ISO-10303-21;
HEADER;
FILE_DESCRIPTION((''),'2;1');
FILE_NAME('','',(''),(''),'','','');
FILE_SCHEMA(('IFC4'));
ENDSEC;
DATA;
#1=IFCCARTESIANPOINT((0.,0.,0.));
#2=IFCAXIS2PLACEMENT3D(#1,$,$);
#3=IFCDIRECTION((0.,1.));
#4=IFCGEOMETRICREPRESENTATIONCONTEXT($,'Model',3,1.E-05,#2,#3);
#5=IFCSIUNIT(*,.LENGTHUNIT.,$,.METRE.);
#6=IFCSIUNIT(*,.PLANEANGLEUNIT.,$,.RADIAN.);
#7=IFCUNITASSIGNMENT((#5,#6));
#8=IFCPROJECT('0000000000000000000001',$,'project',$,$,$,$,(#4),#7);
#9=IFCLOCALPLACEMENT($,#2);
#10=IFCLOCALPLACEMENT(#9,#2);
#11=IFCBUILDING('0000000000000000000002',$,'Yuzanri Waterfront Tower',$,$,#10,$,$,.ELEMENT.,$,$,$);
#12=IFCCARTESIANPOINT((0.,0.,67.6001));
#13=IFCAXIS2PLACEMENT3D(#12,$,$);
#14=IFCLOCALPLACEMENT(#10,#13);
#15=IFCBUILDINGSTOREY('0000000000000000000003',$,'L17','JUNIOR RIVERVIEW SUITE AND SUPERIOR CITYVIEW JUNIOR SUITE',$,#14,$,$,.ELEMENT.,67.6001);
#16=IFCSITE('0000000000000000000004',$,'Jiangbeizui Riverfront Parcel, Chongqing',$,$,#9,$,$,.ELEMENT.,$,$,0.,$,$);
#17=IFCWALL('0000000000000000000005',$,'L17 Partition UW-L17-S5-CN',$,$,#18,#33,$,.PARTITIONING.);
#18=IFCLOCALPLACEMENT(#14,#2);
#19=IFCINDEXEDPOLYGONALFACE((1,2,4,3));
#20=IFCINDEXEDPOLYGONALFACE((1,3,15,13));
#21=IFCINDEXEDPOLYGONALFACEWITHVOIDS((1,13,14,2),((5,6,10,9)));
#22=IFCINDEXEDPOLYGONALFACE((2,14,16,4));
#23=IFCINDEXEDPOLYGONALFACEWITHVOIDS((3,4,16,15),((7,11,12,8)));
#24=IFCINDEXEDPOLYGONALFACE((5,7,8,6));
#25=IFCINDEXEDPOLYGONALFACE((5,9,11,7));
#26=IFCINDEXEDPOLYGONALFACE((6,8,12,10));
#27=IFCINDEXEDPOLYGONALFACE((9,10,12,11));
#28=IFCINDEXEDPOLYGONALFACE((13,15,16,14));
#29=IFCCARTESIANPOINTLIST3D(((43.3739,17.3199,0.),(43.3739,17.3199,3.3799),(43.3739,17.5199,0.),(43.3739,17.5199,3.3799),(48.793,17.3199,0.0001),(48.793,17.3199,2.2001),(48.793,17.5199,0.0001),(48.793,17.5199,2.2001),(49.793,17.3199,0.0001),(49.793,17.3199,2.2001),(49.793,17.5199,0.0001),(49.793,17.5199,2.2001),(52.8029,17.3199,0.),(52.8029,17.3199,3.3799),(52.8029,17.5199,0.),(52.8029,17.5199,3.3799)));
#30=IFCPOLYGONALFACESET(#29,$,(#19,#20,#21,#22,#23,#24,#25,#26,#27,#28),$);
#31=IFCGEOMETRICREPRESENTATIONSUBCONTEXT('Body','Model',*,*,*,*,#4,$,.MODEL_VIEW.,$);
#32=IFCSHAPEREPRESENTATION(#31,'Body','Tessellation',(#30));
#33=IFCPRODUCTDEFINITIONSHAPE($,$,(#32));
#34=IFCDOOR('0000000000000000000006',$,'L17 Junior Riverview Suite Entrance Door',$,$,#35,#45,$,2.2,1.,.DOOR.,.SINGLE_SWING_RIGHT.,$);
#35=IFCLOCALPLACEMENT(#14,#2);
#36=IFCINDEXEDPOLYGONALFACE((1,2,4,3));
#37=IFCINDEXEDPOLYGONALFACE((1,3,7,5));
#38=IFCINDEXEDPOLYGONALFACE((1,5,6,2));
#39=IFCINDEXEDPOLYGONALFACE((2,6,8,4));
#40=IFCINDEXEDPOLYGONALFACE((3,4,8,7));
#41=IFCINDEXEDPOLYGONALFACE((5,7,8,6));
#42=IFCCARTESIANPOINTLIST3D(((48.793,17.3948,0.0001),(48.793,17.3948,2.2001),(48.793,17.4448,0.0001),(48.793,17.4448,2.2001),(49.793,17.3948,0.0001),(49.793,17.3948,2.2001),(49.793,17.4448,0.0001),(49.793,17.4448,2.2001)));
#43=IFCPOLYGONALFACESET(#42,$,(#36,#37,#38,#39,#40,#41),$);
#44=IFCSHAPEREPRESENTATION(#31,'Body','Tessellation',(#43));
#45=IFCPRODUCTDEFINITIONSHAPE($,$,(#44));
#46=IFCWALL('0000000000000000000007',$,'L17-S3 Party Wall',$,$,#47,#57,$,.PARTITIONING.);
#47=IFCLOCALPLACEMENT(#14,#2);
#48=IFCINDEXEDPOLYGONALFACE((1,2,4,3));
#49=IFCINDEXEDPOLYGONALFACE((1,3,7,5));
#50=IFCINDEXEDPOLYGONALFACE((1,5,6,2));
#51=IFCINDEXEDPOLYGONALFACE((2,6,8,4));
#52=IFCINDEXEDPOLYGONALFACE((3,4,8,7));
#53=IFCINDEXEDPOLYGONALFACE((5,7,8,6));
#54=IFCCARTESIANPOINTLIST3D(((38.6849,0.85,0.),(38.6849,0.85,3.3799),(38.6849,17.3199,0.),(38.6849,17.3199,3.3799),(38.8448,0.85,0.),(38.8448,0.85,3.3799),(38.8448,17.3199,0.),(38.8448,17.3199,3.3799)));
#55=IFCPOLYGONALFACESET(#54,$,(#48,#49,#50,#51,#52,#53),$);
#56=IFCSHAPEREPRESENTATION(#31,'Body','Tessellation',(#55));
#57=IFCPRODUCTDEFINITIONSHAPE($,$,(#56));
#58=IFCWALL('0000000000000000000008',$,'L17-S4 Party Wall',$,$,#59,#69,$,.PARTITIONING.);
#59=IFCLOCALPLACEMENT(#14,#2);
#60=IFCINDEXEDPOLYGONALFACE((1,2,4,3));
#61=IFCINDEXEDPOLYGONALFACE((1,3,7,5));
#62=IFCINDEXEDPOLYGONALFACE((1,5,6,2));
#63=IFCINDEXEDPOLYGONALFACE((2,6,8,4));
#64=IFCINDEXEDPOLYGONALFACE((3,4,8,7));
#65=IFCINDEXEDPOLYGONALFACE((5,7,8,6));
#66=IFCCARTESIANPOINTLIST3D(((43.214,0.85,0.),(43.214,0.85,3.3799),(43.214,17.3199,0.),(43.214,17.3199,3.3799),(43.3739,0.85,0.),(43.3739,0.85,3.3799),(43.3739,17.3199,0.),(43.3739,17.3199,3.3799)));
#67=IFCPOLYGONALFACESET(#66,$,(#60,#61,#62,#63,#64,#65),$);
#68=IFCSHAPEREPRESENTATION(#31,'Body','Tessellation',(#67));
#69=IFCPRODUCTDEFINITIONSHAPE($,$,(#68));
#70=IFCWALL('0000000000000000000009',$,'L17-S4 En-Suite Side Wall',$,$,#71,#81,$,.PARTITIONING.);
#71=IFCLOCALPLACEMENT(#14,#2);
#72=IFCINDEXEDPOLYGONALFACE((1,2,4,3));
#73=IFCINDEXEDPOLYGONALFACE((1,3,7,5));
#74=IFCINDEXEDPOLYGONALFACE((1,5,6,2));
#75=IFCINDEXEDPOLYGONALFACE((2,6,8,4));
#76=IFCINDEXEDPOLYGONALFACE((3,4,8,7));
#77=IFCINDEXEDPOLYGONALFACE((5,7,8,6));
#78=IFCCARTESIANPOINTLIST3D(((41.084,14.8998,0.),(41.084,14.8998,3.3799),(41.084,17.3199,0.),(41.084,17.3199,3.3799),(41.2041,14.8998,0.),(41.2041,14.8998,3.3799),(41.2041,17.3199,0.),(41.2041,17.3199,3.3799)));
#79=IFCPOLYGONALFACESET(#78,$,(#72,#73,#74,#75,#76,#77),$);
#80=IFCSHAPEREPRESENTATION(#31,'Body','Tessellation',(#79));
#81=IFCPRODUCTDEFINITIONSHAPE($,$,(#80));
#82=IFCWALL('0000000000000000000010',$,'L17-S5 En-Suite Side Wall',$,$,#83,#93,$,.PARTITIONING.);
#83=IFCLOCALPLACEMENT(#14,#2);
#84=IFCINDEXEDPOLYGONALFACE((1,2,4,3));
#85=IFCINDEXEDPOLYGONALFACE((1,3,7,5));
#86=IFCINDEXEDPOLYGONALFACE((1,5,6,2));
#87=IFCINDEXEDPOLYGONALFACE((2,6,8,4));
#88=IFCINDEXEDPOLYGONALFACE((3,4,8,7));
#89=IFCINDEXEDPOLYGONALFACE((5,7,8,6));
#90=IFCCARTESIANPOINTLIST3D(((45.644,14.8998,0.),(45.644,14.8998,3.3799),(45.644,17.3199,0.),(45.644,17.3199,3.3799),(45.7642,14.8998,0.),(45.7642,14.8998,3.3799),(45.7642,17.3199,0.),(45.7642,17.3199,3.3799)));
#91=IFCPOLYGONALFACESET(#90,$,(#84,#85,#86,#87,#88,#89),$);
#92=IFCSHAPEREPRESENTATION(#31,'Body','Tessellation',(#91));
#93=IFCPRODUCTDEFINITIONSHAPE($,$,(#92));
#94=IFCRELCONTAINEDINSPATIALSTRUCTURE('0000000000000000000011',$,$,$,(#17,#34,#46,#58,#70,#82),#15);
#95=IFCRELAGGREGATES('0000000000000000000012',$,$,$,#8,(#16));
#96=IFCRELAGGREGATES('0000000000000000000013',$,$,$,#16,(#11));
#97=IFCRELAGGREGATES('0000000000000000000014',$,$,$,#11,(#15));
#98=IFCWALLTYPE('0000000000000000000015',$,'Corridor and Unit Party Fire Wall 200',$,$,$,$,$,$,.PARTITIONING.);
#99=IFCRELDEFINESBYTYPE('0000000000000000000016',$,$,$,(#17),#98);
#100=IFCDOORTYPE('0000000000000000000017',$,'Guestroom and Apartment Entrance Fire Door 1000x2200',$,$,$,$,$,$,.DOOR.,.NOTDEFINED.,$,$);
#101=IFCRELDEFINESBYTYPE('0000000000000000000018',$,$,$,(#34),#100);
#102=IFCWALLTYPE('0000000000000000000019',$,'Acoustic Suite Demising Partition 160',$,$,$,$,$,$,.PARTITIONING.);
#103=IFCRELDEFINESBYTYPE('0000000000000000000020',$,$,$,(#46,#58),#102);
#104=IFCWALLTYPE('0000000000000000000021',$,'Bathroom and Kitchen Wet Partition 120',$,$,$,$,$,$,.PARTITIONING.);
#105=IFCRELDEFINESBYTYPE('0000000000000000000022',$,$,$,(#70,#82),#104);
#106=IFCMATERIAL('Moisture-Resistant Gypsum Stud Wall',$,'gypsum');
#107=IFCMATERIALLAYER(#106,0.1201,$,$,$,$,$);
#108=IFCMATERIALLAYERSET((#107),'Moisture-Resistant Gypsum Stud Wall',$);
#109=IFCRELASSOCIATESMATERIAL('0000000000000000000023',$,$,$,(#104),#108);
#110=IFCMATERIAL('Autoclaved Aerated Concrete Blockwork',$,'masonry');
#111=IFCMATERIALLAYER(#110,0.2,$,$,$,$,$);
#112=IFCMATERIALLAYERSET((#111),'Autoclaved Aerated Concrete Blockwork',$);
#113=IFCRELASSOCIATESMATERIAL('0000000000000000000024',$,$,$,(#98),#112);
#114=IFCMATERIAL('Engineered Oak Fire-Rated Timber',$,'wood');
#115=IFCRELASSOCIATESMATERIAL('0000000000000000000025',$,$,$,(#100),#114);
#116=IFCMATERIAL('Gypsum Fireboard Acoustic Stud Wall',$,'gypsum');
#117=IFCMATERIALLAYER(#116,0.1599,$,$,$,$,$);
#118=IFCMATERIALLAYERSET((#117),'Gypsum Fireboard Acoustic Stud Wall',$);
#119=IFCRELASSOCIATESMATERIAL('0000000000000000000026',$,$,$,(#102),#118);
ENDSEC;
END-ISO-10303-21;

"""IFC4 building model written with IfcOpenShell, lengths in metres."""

from ifc_helpers import new_model, si_unit, direction, frame, frame_2d, origin, place, context, subcontext, project, spatial, rectangle, extrude, source, transform, mapped, material, layer, layer_set, type_object, element, fill, save


model = new_model("IFC4")

# Units and contexts
model_context = context("Model", 3, precision=1e-05, world=origin(), true_north=direction((0.0, 1.0)))
body_context = subcontext(model_context, "Body", "Model", "MODEL_VIEW")
ifc_project = project(units=[si_unit("LENGTHUNIT", "METRE"), si_unit("PLANEANGLEUNIT", "RADIAN")], contexts=[model_context])

# Site, building, storey
site_placement = place(None, origin())
site = spatial("IfcSite", under=ifc_project, at=site_placement, Name="Jiangbeizui Riverfront Parcel, Chongqing", CompositionType="ELEMENT", RefElevation=0.0)
building_placement = place(site_placement, origin())
building = spatial("IfcBuilding", under=site, at=building_placement, Name="Yuzanri Waterfront Tower", CompositionType="ELEMENT")
storey_placement = place(building_placement, frame((0.0, 0.0, 67.6001)))
storey = spatial("IfcBuildingStorey", under=building, at=storey_placement, Name="L17", Description="JUNIOR RIVERVIEW SUITE AND SUPERIOR CITYVIEW JUNIOR SUITE", CompositionType="ELEMENT", Elevation=67.6001)

# Wall, opening, door
ifc_material_1 = material(Name="Moisture-Resistant Gypsum Stud Wall", Category="gypsum")
ifc_layer_1 = layer(ifc_material_1, 0.1201)
ifc_layer_set_1 = layer_set([ifc_layer_1], Name="Moisture-Resistant Gypsum Stud Wall")
wall_type_1 = type_object("IfcWallType", Name="Bathroom and Kitchen Wet Partition 120", PredefinedType="PARTITIONING", material=ifc_layer_set_1)
ifc_material_2 = material(Name="Autoclaved Aerated Concrete Blockwork", Category="masonry")
ifc_layer_2 = layer(ifc_material_2, 0.2)
ifc_layer_set_2 = layer_set([ifc_layer_2], Name="Autoclaved Aerated Concrete Blockwork")
wall_type_2 = type_object("IfcWallType", Name="Corridor and Unit Party Fire Wall 200", PredefinedType="PARTITIONING", material=ifc_layer_set_2)
ifc_material_3 = material(Name="Engineered Oak Fire-Rated Timber", Category="wood")
door_type_1 = type_object("IfcDoorType", Name="Guestroom and Apartment Entrance Fire Door 1000x2200", OperationType="NOTDEFINED", PredefinedType="DOOR", material=ifc_material_3)
shared_shape_1 = source(origin(), body_context, "Body", "SweptSolid", [
    extrude(rectangle(XDim=1.0, YDim=2.2, at=frame_2d((0.5, 1.1001))), frame((0.0, 0.0249, 0.0), z_axis=(0.0, -1.0, 0.0), x_axis=(1.0, 0.0, 0.0)), (0.0, 0.0, 1.0), 0.05),
])
wall_1_placement = place(storey_placement, frame((43.374, 17.4199, 0.0), z_axis=(0.0, 0.0, 1.0), x_axis=(1.0, 0.0, 0.0)))
wall_1 = element("IfcWall", 1, at=wall_1_placement, inside=storey, type_object=wall_type_2, Name="L17 Partition UW-L17-S5-CN", PredefinedType="PARTITIONING", context=body_context, shape_type="SweptSolid", body=[
    extrude(rectangle(XDim=9.429, YDim=0.2, at=frame_2d((4.7144, 0.0))), origin(), (0.0, 0.0, 1.0), 3.3799),
])
opening_1_placement = place(wall_1_placement, frame((5.4189, 0.0, 0.0)))
opening_1 = element("IfcOpeningElement", 2, at=opening_1_placement, cuts=wall_1, PredefinedType="OPENING", context=body_context, shape_type="SweptSolid", body=[
    extrude(rectangle(XDim=1.0, YDim=2.2, at=frame_2d((0.5, 1.1001))), frame((0.0, 0.1147, 0.0), z_axis=(0.0, -1.0, 0.0), x_axis=(1.0, 0.0, 0.0)), (0.0, 0.0, 1.0), 0.2297),
])
door_1_placement = place(opening_1_placement, origin())
door_1 = element("IfcDoor", 3, at=door_1_placement, inside=storey, type_object=door_type_1, Name="L17 Junior Riverview Suite Entrance Door", OperationType="SINGLE_SWING_RIGHT", OverallHeight=2.2, OverallWidth=1.0, PredefinedType="DOOR", context=body_context, shape_type="MappedRepresentation", body=[
    mapped(shared_shape_1, transform((0.0, 0.0, 0.0), scale=1.0)),
])
fill(opening_1, door_1)

# Walls
ifc_material_4 = material(Name="Gypsum Fireboard Acoustic Stud Wall", Category="gypsum")
ifc_layer_3 = layer(ifc_material_4, 0.1599)
ifc_layer_set_3 = layer_set([ifc_layer_3], Name="Gypsum Fireboard Acoustic Stud Wall")
wall_type_3 = type_object("IfcWallType", Name="Acoustic Suite Demising Partition 160", PredefinedType="PARTITIONING", material=ifc_layer_set_3)
shared_shape_2 = source(origin(), body_context, "Body", "SweptSolid", [
    extrude(rectangle(XDim=16.47, YDim=0.1599, at=frame_2d((8.2349, 0.0))), origin(), (0.0, 0.0, 1.0), 3.3799),
])
for number, where, z_axis, x_axis, name in (
    (4, (38.7649, 0.8501, 0.0), (0.0, 0.0, 1.0), (0.0, 1.0, 0.0), "L17-S3 Party Wall"),
    (5, (43.2939, 0.8501, 0.0), (0.0, 0.0, 1.0), (0.0, 1.0, 0.0), "L17-S4 Party Wall"),
):
    element("IfcWall", number, at=place(storey_placement, frame(where, z_axis=z_axis, x_axis=x_axis)), inside=storey, type_object=wall_type_3, Name=name, PredefinedType="PARTITIONING", context=body_context, shape_type="MappedRepresentation", body=[
        mapped(shared_shape_2, transform((0.0, 0.0, 0.0), scale=1.0)),
    ])
shared_shape_3 = source(origin(), body_context, "Body", "SweptSolid", [
    extrude(rectangle(XDim=2.4202, YDim=0.1201, at=frame_2d((1.21, 0.0))), origin(), (0.0, 0.0, 1.0), 3.3799),
])
for number, where, z_axis, x_axis, name in (
    (6, (41.144, 14.8999, 0.0), (0.0, 0.0, 1.0), (0.0, 1.0, 0.0), "L17-S4 En-Suite Side Wall"),
    (7, (45.7041, 14.8999, 0.0), (0.0, 0.0, 1.0), (0.0, 1.0, 0.0), "L17-S5 En-Suite Side Wall"),
):
    element("IfcWall", number, at=place(storey_placement, frame(where, z_axis=z_axis, x_axis=x_axis)), inside=storey, type_object=wall_type_1, Name=name, PredefinedType="PARTITIONING", context=body_context, shape_type="MappedRepresentation", body=[
        mapped(shared_shape_3, transform((0.0, 0.0, 0.0), scale=1.0)),
    ])

save(model, "model.ifc")
